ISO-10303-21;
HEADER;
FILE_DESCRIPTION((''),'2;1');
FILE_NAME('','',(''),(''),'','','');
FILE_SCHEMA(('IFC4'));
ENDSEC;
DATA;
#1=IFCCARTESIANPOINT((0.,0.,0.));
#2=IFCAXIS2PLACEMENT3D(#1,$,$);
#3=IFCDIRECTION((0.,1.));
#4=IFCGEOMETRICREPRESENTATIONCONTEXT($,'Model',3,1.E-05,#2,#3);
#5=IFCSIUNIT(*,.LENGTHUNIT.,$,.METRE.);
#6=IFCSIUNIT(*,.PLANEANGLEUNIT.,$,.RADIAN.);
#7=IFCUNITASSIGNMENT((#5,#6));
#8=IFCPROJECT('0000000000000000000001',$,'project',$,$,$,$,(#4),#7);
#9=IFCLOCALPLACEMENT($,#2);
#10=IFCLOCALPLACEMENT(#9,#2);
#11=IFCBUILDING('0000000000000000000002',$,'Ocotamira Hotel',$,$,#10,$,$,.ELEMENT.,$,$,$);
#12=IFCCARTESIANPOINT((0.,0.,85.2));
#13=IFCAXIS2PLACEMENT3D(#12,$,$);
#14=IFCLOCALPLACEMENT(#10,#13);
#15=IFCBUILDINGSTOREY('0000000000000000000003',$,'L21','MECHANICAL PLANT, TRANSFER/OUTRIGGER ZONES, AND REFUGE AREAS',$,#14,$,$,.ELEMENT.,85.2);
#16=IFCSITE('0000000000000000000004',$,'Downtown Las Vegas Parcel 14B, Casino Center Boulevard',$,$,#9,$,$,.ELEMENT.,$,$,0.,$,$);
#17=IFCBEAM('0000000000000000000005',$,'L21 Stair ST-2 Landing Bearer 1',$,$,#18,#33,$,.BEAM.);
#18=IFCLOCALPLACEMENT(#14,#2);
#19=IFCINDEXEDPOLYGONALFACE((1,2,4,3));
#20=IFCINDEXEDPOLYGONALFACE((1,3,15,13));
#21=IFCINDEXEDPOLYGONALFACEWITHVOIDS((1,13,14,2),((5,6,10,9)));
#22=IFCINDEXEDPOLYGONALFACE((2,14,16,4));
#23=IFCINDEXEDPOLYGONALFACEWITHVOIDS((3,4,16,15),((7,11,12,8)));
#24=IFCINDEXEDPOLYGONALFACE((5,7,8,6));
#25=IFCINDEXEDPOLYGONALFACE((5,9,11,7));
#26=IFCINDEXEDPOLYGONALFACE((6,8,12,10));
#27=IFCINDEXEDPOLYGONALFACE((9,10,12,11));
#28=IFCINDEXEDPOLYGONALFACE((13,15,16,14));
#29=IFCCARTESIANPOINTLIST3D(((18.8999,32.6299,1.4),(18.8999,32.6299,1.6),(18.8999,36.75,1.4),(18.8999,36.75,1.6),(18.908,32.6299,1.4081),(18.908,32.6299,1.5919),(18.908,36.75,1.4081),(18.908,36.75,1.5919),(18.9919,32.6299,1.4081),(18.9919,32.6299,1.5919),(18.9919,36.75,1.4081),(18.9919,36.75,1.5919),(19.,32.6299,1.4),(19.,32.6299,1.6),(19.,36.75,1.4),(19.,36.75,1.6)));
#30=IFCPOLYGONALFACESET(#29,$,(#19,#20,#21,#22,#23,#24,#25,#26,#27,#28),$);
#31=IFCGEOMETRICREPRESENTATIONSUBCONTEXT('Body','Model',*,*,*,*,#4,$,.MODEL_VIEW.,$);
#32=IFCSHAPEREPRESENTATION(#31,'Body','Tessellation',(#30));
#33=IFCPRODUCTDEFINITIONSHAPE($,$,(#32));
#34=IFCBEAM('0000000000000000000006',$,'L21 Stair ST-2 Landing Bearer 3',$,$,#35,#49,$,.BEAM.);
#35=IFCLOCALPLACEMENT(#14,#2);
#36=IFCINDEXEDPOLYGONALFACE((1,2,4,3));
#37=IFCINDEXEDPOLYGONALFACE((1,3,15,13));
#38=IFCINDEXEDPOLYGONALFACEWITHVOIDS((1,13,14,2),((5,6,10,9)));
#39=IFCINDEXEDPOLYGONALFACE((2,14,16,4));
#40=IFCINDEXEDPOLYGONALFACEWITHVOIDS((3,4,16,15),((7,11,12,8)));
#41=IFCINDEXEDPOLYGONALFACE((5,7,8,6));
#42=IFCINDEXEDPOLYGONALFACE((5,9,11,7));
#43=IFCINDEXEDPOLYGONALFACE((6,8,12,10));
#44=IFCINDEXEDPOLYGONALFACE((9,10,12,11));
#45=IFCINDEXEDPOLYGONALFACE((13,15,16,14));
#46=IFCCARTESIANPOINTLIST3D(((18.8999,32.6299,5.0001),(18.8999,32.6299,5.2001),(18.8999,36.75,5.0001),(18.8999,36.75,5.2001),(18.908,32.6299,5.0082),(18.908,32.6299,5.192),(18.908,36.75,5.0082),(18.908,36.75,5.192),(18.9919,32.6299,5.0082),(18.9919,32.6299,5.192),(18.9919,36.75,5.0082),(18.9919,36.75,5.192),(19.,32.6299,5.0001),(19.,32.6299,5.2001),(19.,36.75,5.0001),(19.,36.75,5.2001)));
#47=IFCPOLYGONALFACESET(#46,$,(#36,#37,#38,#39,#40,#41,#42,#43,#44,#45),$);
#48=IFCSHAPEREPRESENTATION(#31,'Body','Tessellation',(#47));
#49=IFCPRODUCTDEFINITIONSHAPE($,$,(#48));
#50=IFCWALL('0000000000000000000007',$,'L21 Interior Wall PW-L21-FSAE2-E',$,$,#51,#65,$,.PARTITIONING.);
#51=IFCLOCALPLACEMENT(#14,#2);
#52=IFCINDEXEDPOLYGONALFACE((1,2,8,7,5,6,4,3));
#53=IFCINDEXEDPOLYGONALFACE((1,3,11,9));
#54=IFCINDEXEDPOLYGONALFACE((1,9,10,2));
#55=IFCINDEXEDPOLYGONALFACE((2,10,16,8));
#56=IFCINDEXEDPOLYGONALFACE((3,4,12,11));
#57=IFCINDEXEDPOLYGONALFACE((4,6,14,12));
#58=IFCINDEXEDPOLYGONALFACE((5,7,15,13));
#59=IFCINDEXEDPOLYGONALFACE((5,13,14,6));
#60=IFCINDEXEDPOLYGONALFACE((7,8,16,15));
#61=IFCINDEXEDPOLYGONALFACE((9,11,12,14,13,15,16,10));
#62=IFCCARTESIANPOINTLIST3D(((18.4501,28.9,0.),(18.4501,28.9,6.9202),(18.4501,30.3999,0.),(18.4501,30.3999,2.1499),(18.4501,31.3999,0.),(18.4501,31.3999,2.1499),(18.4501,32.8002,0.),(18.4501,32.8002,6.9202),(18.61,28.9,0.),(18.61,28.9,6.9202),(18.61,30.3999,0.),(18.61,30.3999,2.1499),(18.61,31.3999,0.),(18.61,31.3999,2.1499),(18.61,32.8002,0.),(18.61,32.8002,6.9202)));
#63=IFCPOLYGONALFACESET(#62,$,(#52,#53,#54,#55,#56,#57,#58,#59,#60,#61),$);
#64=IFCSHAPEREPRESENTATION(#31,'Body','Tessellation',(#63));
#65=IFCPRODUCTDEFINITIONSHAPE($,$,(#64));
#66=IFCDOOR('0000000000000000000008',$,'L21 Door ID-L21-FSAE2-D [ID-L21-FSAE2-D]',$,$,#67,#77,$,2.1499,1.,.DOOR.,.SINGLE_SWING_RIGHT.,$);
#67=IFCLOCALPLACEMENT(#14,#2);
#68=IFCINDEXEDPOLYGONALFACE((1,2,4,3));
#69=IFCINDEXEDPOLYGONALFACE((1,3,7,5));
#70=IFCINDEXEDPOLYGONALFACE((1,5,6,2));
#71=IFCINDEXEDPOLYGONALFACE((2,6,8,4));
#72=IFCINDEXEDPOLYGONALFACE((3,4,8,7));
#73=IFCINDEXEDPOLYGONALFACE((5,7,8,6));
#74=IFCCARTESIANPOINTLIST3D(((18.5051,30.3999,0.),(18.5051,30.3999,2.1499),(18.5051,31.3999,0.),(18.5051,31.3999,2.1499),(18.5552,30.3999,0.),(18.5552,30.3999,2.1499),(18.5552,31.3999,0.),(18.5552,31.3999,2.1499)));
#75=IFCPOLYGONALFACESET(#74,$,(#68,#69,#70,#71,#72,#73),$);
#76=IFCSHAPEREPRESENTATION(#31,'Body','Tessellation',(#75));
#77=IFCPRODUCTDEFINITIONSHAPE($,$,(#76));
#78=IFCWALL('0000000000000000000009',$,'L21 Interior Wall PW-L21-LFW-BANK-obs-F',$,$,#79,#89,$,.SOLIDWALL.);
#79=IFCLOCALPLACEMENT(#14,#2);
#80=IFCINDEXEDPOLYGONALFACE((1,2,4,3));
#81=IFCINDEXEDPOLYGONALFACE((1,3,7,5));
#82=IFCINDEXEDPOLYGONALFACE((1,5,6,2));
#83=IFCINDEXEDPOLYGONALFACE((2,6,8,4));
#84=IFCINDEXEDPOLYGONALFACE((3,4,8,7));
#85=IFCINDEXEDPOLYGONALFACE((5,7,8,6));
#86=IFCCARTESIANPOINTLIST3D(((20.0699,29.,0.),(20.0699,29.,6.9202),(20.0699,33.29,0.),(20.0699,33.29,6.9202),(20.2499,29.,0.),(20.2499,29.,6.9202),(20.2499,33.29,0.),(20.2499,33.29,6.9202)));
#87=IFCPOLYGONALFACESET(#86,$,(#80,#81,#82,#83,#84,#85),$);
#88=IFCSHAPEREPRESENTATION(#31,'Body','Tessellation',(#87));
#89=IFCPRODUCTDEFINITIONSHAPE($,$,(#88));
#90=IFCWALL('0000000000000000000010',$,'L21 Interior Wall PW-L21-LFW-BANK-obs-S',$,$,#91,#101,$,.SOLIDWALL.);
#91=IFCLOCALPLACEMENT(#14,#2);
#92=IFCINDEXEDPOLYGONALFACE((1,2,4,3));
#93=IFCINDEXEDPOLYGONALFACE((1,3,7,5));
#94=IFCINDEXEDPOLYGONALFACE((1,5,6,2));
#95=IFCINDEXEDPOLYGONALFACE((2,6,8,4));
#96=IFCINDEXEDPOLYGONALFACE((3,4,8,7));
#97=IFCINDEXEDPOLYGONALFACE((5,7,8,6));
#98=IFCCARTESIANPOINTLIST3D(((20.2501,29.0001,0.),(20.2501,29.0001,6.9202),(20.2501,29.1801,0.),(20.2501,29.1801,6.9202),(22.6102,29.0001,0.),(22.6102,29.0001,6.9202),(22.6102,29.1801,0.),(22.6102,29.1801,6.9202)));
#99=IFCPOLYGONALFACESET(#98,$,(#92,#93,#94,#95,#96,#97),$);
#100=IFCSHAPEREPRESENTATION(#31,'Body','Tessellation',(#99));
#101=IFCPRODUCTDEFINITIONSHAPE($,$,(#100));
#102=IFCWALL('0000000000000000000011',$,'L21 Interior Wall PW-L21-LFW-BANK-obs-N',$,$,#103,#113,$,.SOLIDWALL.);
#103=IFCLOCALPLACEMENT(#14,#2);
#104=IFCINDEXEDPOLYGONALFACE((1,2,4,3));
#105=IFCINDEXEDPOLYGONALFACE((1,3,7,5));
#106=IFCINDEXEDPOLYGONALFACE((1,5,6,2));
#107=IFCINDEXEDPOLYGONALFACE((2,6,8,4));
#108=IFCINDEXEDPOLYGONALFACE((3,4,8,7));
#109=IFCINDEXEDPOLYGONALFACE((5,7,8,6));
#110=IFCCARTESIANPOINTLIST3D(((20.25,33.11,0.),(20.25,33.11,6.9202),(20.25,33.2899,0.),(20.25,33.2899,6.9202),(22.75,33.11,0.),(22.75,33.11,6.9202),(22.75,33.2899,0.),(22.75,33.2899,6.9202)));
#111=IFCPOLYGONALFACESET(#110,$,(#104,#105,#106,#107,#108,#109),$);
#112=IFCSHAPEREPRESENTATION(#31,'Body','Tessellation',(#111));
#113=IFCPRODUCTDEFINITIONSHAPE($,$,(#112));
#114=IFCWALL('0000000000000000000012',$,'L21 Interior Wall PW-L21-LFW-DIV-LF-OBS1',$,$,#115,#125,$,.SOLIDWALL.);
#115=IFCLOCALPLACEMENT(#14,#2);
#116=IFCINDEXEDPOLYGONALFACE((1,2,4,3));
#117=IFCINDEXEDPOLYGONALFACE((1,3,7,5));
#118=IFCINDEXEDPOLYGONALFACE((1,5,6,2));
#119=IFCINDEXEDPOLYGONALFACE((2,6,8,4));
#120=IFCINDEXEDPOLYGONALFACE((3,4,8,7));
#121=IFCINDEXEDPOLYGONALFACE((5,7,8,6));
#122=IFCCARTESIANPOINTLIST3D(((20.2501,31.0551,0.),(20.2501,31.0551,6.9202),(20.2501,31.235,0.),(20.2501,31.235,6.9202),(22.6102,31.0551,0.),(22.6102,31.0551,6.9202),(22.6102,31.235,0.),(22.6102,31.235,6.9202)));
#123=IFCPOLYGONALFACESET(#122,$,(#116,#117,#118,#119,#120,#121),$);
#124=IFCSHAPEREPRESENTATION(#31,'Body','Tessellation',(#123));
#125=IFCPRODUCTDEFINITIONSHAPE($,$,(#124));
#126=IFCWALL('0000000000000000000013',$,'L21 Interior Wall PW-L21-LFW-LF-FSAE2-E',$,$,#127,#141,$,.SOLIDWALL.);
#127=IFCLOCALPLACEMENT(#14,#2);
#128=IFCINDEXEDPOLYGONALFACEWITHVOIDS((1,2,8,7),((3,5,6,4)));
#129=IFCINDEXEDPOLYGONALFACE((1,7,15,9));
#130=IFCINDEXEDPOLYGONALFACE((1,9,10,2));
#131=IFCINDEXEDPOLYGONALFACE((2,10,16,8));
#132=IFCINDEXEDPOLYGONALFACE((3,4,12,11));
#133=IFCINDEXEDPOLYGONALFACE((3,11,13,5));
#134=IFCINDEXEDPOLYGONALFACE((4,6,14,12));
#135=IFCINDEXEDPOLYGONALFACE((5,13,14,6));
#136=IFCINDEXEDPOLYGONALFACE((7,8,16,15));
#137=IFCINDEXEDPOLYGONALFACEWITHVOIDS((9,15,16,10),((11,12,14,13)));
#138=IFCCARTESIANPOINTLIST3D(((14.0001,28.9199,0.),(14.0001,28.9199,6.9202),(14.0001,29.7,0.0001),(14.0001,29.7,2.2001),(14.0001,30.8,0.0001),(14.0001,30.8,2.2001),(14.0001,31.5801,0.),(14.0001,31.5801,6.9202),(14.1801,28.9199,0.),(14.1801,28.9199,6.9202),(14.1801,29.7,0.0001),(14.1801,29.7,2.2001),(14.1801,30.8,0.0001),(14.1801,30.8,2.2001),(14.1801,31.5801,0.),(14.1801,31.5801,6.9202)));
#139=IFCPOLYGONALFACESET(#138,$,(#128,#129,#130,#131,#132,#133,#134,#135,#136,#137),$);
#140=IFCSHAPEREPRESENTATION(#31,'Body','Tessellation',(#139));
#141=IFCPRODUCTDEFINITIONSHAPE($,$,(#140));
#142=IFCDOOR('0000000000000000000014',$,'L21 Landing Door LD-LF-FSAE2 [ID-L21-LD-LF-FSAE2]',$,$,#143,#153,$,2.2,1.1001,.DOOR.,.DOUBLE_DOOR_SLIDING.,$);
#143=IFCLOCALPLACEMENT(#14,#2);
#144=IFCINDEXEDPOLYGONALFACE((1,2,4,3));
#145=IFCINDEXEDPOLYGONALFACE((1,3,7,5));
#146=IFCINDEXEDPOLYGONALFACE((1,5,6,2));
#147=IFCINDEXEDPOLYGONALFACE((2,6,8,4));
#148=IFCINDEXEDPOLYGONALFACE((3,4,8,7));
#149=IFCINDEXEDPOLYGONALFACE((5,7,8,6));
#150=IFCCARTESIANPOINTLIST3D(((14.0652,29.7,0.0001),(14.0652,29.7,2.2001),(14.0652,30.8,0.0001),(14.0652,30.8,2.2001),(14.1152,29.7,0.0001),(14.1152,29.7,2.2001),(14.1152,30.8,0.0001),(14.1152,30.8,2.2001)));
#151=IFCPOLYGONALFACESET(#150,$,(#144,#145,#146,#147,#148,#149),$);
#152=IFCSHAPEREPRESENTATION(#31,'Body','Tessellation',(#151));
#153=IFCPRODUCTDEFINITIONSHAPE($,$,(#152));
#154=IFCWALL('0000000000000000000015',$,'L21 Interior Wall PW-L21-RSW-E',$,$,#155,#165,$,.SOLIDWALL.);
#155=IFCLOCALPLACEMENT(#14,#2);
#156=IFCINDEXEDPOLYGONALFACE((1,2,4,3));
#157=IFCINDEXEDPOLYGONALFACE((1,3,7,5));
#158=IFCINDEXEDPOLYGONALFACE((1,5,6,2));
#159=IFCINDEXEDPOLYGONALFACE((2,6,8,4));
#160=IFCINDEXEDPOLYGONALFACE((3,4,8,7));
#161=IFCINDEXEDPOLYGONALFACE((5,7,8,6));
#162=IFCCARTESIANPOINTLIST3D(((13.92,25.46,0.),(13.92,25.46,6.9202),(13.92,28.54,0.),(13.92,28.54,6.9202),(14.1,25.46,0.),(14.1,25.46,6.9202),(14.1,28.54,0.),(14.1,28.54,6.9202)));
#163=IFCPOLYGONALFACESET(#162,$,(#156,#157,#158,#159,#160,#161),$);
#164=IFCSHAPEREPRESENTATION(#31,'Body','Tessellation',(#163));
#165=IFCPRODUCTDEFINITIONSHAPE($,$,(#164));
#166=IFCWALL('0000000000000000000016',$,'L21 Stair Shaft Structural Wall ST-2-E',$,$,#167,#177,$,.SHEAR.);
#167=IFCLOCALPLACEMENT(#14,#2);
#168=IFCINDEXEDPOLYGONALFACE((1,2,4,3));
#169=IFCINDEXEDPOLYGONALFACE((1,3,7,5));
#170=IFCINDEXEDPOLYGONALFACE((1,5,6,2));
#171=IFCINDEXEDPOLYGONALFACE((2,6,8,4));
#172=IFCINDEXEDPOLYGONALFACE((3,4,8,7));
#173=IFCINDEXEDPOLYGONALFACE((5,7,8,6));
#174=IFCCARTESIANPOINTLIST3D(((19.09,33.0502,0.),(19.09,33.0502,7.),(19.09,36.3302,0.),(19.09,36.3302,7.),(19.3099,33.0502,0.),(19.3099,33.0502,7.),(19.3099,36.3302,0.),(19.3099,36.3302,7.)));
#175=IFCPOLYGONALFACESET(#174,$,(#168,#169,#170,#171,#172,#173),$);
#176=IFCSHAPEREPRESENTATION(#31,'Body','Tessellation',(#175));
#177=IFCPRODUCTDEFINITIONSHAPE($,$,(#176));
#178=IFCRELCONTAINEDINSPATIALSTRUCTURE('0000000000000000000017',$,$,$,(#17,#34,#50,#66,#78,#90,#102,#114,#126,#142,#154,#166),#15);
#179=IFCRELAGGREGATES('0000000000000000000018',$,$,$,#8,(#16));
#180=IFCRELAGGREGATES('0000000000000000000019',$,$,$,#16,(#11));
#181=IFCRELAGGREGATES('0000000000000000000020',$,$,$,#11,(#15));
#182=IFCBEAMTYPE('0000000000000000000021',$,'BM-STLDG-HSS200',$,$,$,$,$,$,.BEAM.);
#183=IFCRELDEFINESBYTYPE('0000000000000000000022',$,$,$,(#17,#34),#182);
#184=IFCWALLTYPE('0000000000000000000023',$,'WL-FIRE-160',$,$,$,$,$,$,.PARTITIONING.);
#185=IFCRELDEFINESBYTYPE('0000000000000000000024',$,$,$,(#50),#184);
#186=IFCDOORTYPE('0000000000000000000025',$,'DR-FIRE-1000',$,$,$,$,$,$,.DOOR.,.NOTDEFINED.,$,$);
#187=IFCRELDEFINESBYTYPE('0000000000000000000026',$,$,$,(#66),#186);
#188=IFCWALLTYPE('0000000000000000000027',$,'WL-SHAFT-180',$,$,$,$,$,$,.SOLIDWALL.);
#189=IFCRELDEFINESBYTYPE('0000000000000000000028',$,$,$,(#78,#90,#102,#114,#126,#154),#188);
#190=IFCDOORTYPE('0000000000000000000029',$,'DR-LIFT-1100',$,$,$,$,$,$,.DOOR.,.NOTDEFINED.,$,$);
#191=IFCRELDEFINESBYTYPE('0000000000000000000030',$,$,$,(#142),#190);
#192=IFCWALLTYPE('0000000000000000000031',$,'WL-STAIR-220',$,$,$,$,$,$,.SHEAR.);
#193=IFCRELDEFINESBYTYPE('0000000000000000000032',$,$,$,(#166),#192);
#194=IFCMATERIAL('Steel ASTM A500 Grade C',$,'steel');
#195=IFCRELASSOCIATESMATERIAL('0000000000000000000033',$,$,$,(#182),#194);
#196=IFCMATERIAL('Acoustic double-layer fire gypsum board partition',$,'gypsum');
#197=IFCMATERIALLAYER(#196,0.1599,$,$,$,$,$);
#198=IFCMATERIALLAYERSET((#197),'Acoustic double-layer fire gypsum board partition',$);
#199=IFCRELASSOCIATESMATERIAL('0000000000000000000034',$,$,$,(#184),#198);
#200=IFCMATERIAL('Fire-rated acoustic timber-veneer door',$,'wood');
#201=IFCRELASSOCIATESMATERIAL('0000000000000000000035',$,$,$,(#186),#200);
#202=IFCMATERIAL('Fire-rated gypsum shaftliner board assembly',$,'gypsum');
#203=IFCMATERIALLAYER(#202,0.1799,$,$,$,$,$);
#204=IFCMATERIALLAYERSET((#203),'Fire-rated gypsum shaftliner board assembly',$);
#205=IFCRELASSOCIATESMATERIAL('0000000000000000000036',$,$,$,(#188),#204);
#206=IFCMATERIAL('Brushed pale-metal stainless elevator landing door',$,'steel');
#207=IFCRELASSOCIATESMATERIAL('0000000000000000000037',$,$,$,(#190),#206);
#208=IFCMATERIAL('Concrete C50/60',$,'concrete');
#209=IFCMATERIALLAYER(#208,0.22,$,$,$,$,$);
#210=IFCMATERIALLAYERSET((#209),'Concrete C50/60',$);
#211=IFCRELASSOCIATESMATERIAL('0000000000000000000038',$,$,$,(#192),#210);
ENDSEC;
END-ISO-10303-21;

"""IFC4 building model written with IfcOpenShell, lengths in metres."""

from ifc_helpers import new_model, si_unit, direction, frame, frame_2d, origin, origin_2d, place, context, subcontext, project, spatial, rectangle, hollow_rectangle, extrude, source, transform, mapped, material, layer, layer_set, material_profile, profile_set, type_object, element, fill, save


model = new_model("IFC4")

# Units and contexts
model_context = context("Model", 3, precision=1e-05, world=origin(), true_north=direction((0.0, 1.0)))
body_context = subcontext(model_context, "Body", "Model", "MODEL_VIEW")
ifc_project = project(units=[si_unit("LENGTHUNIT", "METRE"), si_unit("PLANEANGLEUNIT", "RADIAN")], contexts=[model_context])

# Site, building, storey
site_placement = place(None, origin())
site = spatial("IfcSite", under=ifc_project, at=site_placement, Name="Downtown Las Vegas Parcel 14B, Casino Center Boulevard", CompositionType="ELEMENT", RefElevation=0.0)
building_placement = place(site_placement, origin())
building = spatial("IfcBuilding", under=site, at=building_placement, Name="Ocotamira Hotel", CompositionType="ELEMENT")
storey_placement = place(building_placement, frame((0.0, 0.0, 85.2)))
storey = spatial("IfcBuildingStorey", under=building, at=storey_placement, Name="L21", Description="MECHANICAL PLANT, TRANSFER/OUTRIGGER ZONES, AND REFUGE AREAS", CompositionType="ELEMENT", Elevation=85.2)

# Beams
ifc_material_1 = material(Name="Steel ASTM A500 Grade C", Category="steel")
ifc_material_profile = material_profile(ifc_material_1, hollow_rectangle(XDim=0.1001, YDim=0.2, WallThickness=0.0081, at=origin_2d()), Name="HSS200X100X8")
ifc_profile_set = profile_set([ifc_material_profile], Name="Steel ASTM A500 Grade C")
beam_type = type_object("IfcBeamType", Name="BM-STLDG-HSS200", PredefinedType="BEAM", material=ifc_profile_set)
shared_shape_1 = source(origin(), body_context, "Body", "SweptSolid", [
    extrude(hollow_rectangle(XDim=0.1001, YDim=0.2, WallThickness=0.0081, at=origin_2d()), origin(), (0.0, 0.0, 1.0), 4.1201),
])
for number, where, z_axis, x_axis, name in (
    (1, (18.95, 32.6299, 1.5), (0.0, 1.0, 0.0), (-1.0, 0.0, 0.0), "L21 Stair ST-2 Landing Bearer 1"),
    (2, (18.95, 32.6299, 5.1001), (0.0, 1.0, 0.0), (-1.0, 0.0, 0.0), "L21 Stair ST-2 Landing Bearer 3"),
):
    element("IfcBeam", number, at=place(storey_placement, frame(where, z_axis=z_axis, x_axis=x_axis)), inside=storey, type_object=beam_type, Name=name, PredefinedType="BEAM", context=body_context, shape_type="MappedRepresentation", body=[
        mapped(shared_shape_1, transform((0.0, 0.0, 0.0), scale=1.0)),
    ])

# Wall, opening, door
ifc_material_2 = material(Name="Acoustic double-layer fire gypsum board partition", Category="gypsum")
ifc_layer_1 = layer(ifc_material_2, 0.1599)
ifc_layer_set_1 = layer_set([ifc_layer_1], Name="Acoustic double-layer fire gypsum board partition")
wall_type_1 = type_object("IfcWallType", Name="WL-FIRE-160", PredefinedType="PARTITIONING", material=ifc_layer_set_1)
wall_1_placement = place(storey_placement, frame((18.53, 28.8999, 0.0), z_axis=(0.0, 0.0, 1.0), x_axis=(0.0, 1.0, 0.0)))
wall_1 = element("IfcWall", 3, at=wall_1_placement, inside=storey, type_object=wall_type_1, Name="L21 Interior Wall PW-L21-FSAE2-E", PredefinedType="PARTITIONING", context=body_context, shape_type="SweptSolid", body=[
    extrude(rectangle(XDim=3.9001, YDim=0.1599, at=frame_2d((1.9502, 0.0))), origin(), (0.0, 0.0, 1.0), 6.9202),
])
opening_1_placement = place(wall_1_placement, frame((1.5, 0.0, 0.0)))
opening_1 = element("IfcOpeningElement", 4, at=opening_1_placement, cuts=wall_1, PredefinedType="OPENING", context=body_context, shape_type="SweptSolid", body=[
    extrude(rectangle(XDim=1.0, YDim=2.1499, at=frame_2d((0.5, 1.075))), frame((0.0, 0.0898, 0.0), z_axis=(0.0, -1.0, 0.0), x_axis=(1.0, 0.0, 0.0)), (0.0, 0.0, 1.0), 0.1799),
])
ifc_material_3 = material(Name="Fire-rated acoustic timber-veneer door", Category="wood")
door_type_1 = type_object("IfcDoorType", Name="DR-FIRE-1000", OperationType="NOTDEFINED", PredefinedType="DOOR", material=ifc_material_3)
shared_shape_2 = source(origin(), body_context, "Body", "SweptSolid", [
    extrude(rectangle(XDim=1.0, YDim=2.1499, at=frame_2d((0.5, 1.075))), frame((0.0, 0.0249, 0.0), z_axis=(0.0, -1.0, 0.0), x_axis=(1.0, 0.0, 0.0)), (0.0, 0.0, 1.0), 0.05),
])
door_1_placement = place(opening_1_placement, origin())
door_1 = element("IfcDoor", 5, at=door_1_placement, inside=storey, type_object=door_type_1, Name="L21 Door ID-L21-FSAE2-D [ID-L21-FSAE2-D]", OperationType="SINGLE_SWING_RIGHT", OverallHeight=2.1499, OverallWidth=1.0, PredefinedType="DOOR", context=body_context, shape_type="MappedRepresentation", body=[
    mapped(shared_shape_2, transform((0.0, 0.0, 0.0), scale=1.0)),
])
fill(opening_1, door_1)

# Walls
ifc_material_4 = material(Name="Fire-rated gypsum shaftliner board assembly", Category="gypsum")
ifc_layer_2 = layer(ifc_material_4, 0.1799)
ifc_layer_set_2 = layer_set([ifc_layer_2], Name="Fire-rated gypsum shaftliner board assembly")
wall_type_2 = type_object("IfcWallType", Name="WL-SHAFT-180", PredefinedType="SOLIDWALL", material=ifc_layer_set_2)
wall_2_placement = place(storey_placement, frame((20.1599, 29.0, 0.0), z_axis=(0.0, 0.0, 1.0), x_axis=(0.0, 1.0, 0.0)))
element("IfcWall", 6, at=wall_2_placement, inside=storey, type_object=wall_type_2, Name="L21 Interior Wall PW-L21-LFW-BANK-obs-F", PredefinedType="SOLIDWALL", context=body_context, shape_type="SweptSolid", body=[
    extrude(rectangle(XDim=4.29, YDim=0.1799, at=frame_2d((2.145, 0.0))), origin(), (0.0, 0.0, 1.0), 6.9202),
])
wall_3_placement = place(storey_placement, frame((20.25, 29.0901, 0.0), z_axis=(0.0, 0.0, 1.0), x_axis=(1.0, 0.0, 0.0)))
element("IfcWall", 7, at=wall_3_placement, inside=storey, type_object=wall_type_2, Name="L21 Interior Wall PW-L21-LFW-BANK-obs-S", PredefinedType="SOLIDWALL", context=body_context, shape_type="SweptSolid", body=[
    extrude(rectangle(XDim=2.3601, YDim=0.1799, at=frame_2d((1.1802, 0.0))), origin(), (0.0, 0.0, 1.0), 6.9202),
])
wall_4_placement = place(storey_placement, frame((20.25, 33.2, 0.0), z_axis=(0.0, 0.0, 1.0), x_axis=(1.0, 0.0, 0.0)))
element("IfcWall", 8, at=wall_4_placement, inside=storey, type_object=wall_type_2, Name="L21 Interior Wall PW-L21-LFW-BANK-obs-N", PredefinedType="SOLIDWALL", context=body_context, shape_type="SweptSolid", body=[
    extrude(rectangle(XDim=2.5, YDim=0.1799, at=frame_2d((1.25, 0.0))), origin(), (0.0, 0.0, 1.0), 6.9202),
])
wall_5_placement = place(storey_placement, frame((20.25, 31.145, 0.0), z_axis=(0.0, 0.0, 1.0), x_axis=(1.0, 0.0, 0.0)))
element("IfcWall", 9, at=wall_5_placement, inside=storey, type_object=wall_type_2, Name="L21 Interior Wall PW-L21-LFW-DIV-LF-OBS1", PredefinedType="SOLIDWALL", context=body_context, shape_type="SweptSolid", body=[
    extrude(rectangle(XDim=2.3601, YDim=0.1799, at=frame_2d((1.1802, 0.0))), origin(), (0.0, 0.0, 1.0), 6.9202),
])

# Wall, opening, door
wall_6_placement = place(storey_placement, frame((14.0901, 28.9199, 0.0), z_axis=(0.0, 0.0, 1.0), x_axis=(0.0, 1.0, 0.0)))
wall_6 = element("IfcWall", 10, at=wall_6_placement, inside=storey, type_object=wall_type_2, Name="L21 Interior Wall PW-L21-LFW-LF-FSAE2-E", PredefinedType="SOLIDWALL", context=body_context, shape_type="SweptSolid", body=[
    extrude(rectangle(XDim=2.6602, YDim=0.1799, at=frame_2d((1.3301, 0.0))), origin(), (0.0, 0.0, 1.0), 6.9202),
])
opening_2_placement = place(wall_6_placement, frame((0.78, 0.0, 0.0)))
opening_2 = element("IfcOpeningElement", 11, at=opening_2_placement, cuts=wall_6, PredefinedType="OPENING", context=body_context, shape_type="SweptSolid", body=[
    extrude(rectangle(XDim=1.1001, YDim=2.2, at=frame_2d((0.55, 1.1001))), frame((0.0, 0.1001, 0.0), z_axis=(0.0, -1.0, 0.0), x_axis=(1.0, 0.0, 0.0)), (0.0, 0.0, 1.0), 0.2),
])
ifc_material_5 = material(Name="Brushed pale-metal stainless elevator landing door", Category="steel")
door_type_2 = type_object("IfcDoorType", Name="DR-LIFT-1100", OperationType="NOTDEFINED", PredefinedType="DOOR", material=ifc_material_5)
shared_shape_3 = source(origin(), body_context, "Body", "SweptSolid", [
    extrude(rectangle(XDim=1.1001, YDim=2.2, at=frame_2d((0.55, 1.1001))), frame((0.0, 0.0249, 0.0), z_axis=(0.0, -1.0, 0.0), x_axis=(1.0, 0.0, 0.0)), (0.0, 0.0, 1.0), 0.05),
])
door_2_placement = place(opening_2_placement, origin())
door_2 = element("IfcDoor", 12, at=door_2_placement, inside=storey, type_object=door_type_2, Name="L21 Landing Door LD-LF-FSAE2 [ID-L21-LD-LF-FSAE2]", OperationType="DOUBLE_DOOR_SLIDING", OverallHeight=2.2, OverallWidth=1.1001, PredefinedType="DOOR", context=body_context, shape_type="MappedRepresentation", body=[
    mapped(shared_shape_3, transform((0.0, 0.0, 0.0), scale=1.0)),
])
fill(opening_2, door_2)

# Walls
wall_7_placement = place(storey_placement, frame((14.01, 25.46, 0.0), z_axis=(0.0, 0.0, 1.0), x_axis=(0.0, 1.0, 0.0)))
element("IfcWall", 13, at=wall_7_placement, inside=storey, type_object=wall_type_2, Name="L21 Interior Wall PW-L21-RSW-E", PredefinedType="SOLIDWALL", context=body_context, shape_type="SweptSolid", body=[
    extrude(rectangle(XDim=3.0801, YDim=0.1799, at=frame_2d((1.54, 0.0))), origin(), (0.0, 0.0, 1.0), 6.9202),
])
ifc_material_6 = material(Name="Concrete C50/60", Category="concrete")
ifc_layer_3 = layer(ifc_material_6, 0.22)
ifc_layer_set_3 = layer_set([ifc_layer_3], Name="Concrete C50/60")
wall_type_3 = type_object("IfcWallType", Name="WL-STAIR-220", PredefinedType="SHEAR", material=ifc_layer_set_3)
wall_8_placement = place(storey_placement, frame((19.2, 33.05, 0.0), z_axis=(0.0, 0.0, 1.0), x_axis=(0.0, 1.0, 0.0)))
element("IfcWall", 14, at=wall_8_placement, inside=storey, type_object=wall_type_3, Name="L21 Stair Shaft Structural Wall ST-2-E", PredefinedType="SHEAR", context=body_context, shape_type="SweptSolid", body=[
    extrude(rectangle(XDim=3.28, YDim=0.22, at=frame_2d((1.6401, 0.0))), origin(), (0.0, 0.0, 1.0), 7.0),
])

save(model, "model.ifc")
